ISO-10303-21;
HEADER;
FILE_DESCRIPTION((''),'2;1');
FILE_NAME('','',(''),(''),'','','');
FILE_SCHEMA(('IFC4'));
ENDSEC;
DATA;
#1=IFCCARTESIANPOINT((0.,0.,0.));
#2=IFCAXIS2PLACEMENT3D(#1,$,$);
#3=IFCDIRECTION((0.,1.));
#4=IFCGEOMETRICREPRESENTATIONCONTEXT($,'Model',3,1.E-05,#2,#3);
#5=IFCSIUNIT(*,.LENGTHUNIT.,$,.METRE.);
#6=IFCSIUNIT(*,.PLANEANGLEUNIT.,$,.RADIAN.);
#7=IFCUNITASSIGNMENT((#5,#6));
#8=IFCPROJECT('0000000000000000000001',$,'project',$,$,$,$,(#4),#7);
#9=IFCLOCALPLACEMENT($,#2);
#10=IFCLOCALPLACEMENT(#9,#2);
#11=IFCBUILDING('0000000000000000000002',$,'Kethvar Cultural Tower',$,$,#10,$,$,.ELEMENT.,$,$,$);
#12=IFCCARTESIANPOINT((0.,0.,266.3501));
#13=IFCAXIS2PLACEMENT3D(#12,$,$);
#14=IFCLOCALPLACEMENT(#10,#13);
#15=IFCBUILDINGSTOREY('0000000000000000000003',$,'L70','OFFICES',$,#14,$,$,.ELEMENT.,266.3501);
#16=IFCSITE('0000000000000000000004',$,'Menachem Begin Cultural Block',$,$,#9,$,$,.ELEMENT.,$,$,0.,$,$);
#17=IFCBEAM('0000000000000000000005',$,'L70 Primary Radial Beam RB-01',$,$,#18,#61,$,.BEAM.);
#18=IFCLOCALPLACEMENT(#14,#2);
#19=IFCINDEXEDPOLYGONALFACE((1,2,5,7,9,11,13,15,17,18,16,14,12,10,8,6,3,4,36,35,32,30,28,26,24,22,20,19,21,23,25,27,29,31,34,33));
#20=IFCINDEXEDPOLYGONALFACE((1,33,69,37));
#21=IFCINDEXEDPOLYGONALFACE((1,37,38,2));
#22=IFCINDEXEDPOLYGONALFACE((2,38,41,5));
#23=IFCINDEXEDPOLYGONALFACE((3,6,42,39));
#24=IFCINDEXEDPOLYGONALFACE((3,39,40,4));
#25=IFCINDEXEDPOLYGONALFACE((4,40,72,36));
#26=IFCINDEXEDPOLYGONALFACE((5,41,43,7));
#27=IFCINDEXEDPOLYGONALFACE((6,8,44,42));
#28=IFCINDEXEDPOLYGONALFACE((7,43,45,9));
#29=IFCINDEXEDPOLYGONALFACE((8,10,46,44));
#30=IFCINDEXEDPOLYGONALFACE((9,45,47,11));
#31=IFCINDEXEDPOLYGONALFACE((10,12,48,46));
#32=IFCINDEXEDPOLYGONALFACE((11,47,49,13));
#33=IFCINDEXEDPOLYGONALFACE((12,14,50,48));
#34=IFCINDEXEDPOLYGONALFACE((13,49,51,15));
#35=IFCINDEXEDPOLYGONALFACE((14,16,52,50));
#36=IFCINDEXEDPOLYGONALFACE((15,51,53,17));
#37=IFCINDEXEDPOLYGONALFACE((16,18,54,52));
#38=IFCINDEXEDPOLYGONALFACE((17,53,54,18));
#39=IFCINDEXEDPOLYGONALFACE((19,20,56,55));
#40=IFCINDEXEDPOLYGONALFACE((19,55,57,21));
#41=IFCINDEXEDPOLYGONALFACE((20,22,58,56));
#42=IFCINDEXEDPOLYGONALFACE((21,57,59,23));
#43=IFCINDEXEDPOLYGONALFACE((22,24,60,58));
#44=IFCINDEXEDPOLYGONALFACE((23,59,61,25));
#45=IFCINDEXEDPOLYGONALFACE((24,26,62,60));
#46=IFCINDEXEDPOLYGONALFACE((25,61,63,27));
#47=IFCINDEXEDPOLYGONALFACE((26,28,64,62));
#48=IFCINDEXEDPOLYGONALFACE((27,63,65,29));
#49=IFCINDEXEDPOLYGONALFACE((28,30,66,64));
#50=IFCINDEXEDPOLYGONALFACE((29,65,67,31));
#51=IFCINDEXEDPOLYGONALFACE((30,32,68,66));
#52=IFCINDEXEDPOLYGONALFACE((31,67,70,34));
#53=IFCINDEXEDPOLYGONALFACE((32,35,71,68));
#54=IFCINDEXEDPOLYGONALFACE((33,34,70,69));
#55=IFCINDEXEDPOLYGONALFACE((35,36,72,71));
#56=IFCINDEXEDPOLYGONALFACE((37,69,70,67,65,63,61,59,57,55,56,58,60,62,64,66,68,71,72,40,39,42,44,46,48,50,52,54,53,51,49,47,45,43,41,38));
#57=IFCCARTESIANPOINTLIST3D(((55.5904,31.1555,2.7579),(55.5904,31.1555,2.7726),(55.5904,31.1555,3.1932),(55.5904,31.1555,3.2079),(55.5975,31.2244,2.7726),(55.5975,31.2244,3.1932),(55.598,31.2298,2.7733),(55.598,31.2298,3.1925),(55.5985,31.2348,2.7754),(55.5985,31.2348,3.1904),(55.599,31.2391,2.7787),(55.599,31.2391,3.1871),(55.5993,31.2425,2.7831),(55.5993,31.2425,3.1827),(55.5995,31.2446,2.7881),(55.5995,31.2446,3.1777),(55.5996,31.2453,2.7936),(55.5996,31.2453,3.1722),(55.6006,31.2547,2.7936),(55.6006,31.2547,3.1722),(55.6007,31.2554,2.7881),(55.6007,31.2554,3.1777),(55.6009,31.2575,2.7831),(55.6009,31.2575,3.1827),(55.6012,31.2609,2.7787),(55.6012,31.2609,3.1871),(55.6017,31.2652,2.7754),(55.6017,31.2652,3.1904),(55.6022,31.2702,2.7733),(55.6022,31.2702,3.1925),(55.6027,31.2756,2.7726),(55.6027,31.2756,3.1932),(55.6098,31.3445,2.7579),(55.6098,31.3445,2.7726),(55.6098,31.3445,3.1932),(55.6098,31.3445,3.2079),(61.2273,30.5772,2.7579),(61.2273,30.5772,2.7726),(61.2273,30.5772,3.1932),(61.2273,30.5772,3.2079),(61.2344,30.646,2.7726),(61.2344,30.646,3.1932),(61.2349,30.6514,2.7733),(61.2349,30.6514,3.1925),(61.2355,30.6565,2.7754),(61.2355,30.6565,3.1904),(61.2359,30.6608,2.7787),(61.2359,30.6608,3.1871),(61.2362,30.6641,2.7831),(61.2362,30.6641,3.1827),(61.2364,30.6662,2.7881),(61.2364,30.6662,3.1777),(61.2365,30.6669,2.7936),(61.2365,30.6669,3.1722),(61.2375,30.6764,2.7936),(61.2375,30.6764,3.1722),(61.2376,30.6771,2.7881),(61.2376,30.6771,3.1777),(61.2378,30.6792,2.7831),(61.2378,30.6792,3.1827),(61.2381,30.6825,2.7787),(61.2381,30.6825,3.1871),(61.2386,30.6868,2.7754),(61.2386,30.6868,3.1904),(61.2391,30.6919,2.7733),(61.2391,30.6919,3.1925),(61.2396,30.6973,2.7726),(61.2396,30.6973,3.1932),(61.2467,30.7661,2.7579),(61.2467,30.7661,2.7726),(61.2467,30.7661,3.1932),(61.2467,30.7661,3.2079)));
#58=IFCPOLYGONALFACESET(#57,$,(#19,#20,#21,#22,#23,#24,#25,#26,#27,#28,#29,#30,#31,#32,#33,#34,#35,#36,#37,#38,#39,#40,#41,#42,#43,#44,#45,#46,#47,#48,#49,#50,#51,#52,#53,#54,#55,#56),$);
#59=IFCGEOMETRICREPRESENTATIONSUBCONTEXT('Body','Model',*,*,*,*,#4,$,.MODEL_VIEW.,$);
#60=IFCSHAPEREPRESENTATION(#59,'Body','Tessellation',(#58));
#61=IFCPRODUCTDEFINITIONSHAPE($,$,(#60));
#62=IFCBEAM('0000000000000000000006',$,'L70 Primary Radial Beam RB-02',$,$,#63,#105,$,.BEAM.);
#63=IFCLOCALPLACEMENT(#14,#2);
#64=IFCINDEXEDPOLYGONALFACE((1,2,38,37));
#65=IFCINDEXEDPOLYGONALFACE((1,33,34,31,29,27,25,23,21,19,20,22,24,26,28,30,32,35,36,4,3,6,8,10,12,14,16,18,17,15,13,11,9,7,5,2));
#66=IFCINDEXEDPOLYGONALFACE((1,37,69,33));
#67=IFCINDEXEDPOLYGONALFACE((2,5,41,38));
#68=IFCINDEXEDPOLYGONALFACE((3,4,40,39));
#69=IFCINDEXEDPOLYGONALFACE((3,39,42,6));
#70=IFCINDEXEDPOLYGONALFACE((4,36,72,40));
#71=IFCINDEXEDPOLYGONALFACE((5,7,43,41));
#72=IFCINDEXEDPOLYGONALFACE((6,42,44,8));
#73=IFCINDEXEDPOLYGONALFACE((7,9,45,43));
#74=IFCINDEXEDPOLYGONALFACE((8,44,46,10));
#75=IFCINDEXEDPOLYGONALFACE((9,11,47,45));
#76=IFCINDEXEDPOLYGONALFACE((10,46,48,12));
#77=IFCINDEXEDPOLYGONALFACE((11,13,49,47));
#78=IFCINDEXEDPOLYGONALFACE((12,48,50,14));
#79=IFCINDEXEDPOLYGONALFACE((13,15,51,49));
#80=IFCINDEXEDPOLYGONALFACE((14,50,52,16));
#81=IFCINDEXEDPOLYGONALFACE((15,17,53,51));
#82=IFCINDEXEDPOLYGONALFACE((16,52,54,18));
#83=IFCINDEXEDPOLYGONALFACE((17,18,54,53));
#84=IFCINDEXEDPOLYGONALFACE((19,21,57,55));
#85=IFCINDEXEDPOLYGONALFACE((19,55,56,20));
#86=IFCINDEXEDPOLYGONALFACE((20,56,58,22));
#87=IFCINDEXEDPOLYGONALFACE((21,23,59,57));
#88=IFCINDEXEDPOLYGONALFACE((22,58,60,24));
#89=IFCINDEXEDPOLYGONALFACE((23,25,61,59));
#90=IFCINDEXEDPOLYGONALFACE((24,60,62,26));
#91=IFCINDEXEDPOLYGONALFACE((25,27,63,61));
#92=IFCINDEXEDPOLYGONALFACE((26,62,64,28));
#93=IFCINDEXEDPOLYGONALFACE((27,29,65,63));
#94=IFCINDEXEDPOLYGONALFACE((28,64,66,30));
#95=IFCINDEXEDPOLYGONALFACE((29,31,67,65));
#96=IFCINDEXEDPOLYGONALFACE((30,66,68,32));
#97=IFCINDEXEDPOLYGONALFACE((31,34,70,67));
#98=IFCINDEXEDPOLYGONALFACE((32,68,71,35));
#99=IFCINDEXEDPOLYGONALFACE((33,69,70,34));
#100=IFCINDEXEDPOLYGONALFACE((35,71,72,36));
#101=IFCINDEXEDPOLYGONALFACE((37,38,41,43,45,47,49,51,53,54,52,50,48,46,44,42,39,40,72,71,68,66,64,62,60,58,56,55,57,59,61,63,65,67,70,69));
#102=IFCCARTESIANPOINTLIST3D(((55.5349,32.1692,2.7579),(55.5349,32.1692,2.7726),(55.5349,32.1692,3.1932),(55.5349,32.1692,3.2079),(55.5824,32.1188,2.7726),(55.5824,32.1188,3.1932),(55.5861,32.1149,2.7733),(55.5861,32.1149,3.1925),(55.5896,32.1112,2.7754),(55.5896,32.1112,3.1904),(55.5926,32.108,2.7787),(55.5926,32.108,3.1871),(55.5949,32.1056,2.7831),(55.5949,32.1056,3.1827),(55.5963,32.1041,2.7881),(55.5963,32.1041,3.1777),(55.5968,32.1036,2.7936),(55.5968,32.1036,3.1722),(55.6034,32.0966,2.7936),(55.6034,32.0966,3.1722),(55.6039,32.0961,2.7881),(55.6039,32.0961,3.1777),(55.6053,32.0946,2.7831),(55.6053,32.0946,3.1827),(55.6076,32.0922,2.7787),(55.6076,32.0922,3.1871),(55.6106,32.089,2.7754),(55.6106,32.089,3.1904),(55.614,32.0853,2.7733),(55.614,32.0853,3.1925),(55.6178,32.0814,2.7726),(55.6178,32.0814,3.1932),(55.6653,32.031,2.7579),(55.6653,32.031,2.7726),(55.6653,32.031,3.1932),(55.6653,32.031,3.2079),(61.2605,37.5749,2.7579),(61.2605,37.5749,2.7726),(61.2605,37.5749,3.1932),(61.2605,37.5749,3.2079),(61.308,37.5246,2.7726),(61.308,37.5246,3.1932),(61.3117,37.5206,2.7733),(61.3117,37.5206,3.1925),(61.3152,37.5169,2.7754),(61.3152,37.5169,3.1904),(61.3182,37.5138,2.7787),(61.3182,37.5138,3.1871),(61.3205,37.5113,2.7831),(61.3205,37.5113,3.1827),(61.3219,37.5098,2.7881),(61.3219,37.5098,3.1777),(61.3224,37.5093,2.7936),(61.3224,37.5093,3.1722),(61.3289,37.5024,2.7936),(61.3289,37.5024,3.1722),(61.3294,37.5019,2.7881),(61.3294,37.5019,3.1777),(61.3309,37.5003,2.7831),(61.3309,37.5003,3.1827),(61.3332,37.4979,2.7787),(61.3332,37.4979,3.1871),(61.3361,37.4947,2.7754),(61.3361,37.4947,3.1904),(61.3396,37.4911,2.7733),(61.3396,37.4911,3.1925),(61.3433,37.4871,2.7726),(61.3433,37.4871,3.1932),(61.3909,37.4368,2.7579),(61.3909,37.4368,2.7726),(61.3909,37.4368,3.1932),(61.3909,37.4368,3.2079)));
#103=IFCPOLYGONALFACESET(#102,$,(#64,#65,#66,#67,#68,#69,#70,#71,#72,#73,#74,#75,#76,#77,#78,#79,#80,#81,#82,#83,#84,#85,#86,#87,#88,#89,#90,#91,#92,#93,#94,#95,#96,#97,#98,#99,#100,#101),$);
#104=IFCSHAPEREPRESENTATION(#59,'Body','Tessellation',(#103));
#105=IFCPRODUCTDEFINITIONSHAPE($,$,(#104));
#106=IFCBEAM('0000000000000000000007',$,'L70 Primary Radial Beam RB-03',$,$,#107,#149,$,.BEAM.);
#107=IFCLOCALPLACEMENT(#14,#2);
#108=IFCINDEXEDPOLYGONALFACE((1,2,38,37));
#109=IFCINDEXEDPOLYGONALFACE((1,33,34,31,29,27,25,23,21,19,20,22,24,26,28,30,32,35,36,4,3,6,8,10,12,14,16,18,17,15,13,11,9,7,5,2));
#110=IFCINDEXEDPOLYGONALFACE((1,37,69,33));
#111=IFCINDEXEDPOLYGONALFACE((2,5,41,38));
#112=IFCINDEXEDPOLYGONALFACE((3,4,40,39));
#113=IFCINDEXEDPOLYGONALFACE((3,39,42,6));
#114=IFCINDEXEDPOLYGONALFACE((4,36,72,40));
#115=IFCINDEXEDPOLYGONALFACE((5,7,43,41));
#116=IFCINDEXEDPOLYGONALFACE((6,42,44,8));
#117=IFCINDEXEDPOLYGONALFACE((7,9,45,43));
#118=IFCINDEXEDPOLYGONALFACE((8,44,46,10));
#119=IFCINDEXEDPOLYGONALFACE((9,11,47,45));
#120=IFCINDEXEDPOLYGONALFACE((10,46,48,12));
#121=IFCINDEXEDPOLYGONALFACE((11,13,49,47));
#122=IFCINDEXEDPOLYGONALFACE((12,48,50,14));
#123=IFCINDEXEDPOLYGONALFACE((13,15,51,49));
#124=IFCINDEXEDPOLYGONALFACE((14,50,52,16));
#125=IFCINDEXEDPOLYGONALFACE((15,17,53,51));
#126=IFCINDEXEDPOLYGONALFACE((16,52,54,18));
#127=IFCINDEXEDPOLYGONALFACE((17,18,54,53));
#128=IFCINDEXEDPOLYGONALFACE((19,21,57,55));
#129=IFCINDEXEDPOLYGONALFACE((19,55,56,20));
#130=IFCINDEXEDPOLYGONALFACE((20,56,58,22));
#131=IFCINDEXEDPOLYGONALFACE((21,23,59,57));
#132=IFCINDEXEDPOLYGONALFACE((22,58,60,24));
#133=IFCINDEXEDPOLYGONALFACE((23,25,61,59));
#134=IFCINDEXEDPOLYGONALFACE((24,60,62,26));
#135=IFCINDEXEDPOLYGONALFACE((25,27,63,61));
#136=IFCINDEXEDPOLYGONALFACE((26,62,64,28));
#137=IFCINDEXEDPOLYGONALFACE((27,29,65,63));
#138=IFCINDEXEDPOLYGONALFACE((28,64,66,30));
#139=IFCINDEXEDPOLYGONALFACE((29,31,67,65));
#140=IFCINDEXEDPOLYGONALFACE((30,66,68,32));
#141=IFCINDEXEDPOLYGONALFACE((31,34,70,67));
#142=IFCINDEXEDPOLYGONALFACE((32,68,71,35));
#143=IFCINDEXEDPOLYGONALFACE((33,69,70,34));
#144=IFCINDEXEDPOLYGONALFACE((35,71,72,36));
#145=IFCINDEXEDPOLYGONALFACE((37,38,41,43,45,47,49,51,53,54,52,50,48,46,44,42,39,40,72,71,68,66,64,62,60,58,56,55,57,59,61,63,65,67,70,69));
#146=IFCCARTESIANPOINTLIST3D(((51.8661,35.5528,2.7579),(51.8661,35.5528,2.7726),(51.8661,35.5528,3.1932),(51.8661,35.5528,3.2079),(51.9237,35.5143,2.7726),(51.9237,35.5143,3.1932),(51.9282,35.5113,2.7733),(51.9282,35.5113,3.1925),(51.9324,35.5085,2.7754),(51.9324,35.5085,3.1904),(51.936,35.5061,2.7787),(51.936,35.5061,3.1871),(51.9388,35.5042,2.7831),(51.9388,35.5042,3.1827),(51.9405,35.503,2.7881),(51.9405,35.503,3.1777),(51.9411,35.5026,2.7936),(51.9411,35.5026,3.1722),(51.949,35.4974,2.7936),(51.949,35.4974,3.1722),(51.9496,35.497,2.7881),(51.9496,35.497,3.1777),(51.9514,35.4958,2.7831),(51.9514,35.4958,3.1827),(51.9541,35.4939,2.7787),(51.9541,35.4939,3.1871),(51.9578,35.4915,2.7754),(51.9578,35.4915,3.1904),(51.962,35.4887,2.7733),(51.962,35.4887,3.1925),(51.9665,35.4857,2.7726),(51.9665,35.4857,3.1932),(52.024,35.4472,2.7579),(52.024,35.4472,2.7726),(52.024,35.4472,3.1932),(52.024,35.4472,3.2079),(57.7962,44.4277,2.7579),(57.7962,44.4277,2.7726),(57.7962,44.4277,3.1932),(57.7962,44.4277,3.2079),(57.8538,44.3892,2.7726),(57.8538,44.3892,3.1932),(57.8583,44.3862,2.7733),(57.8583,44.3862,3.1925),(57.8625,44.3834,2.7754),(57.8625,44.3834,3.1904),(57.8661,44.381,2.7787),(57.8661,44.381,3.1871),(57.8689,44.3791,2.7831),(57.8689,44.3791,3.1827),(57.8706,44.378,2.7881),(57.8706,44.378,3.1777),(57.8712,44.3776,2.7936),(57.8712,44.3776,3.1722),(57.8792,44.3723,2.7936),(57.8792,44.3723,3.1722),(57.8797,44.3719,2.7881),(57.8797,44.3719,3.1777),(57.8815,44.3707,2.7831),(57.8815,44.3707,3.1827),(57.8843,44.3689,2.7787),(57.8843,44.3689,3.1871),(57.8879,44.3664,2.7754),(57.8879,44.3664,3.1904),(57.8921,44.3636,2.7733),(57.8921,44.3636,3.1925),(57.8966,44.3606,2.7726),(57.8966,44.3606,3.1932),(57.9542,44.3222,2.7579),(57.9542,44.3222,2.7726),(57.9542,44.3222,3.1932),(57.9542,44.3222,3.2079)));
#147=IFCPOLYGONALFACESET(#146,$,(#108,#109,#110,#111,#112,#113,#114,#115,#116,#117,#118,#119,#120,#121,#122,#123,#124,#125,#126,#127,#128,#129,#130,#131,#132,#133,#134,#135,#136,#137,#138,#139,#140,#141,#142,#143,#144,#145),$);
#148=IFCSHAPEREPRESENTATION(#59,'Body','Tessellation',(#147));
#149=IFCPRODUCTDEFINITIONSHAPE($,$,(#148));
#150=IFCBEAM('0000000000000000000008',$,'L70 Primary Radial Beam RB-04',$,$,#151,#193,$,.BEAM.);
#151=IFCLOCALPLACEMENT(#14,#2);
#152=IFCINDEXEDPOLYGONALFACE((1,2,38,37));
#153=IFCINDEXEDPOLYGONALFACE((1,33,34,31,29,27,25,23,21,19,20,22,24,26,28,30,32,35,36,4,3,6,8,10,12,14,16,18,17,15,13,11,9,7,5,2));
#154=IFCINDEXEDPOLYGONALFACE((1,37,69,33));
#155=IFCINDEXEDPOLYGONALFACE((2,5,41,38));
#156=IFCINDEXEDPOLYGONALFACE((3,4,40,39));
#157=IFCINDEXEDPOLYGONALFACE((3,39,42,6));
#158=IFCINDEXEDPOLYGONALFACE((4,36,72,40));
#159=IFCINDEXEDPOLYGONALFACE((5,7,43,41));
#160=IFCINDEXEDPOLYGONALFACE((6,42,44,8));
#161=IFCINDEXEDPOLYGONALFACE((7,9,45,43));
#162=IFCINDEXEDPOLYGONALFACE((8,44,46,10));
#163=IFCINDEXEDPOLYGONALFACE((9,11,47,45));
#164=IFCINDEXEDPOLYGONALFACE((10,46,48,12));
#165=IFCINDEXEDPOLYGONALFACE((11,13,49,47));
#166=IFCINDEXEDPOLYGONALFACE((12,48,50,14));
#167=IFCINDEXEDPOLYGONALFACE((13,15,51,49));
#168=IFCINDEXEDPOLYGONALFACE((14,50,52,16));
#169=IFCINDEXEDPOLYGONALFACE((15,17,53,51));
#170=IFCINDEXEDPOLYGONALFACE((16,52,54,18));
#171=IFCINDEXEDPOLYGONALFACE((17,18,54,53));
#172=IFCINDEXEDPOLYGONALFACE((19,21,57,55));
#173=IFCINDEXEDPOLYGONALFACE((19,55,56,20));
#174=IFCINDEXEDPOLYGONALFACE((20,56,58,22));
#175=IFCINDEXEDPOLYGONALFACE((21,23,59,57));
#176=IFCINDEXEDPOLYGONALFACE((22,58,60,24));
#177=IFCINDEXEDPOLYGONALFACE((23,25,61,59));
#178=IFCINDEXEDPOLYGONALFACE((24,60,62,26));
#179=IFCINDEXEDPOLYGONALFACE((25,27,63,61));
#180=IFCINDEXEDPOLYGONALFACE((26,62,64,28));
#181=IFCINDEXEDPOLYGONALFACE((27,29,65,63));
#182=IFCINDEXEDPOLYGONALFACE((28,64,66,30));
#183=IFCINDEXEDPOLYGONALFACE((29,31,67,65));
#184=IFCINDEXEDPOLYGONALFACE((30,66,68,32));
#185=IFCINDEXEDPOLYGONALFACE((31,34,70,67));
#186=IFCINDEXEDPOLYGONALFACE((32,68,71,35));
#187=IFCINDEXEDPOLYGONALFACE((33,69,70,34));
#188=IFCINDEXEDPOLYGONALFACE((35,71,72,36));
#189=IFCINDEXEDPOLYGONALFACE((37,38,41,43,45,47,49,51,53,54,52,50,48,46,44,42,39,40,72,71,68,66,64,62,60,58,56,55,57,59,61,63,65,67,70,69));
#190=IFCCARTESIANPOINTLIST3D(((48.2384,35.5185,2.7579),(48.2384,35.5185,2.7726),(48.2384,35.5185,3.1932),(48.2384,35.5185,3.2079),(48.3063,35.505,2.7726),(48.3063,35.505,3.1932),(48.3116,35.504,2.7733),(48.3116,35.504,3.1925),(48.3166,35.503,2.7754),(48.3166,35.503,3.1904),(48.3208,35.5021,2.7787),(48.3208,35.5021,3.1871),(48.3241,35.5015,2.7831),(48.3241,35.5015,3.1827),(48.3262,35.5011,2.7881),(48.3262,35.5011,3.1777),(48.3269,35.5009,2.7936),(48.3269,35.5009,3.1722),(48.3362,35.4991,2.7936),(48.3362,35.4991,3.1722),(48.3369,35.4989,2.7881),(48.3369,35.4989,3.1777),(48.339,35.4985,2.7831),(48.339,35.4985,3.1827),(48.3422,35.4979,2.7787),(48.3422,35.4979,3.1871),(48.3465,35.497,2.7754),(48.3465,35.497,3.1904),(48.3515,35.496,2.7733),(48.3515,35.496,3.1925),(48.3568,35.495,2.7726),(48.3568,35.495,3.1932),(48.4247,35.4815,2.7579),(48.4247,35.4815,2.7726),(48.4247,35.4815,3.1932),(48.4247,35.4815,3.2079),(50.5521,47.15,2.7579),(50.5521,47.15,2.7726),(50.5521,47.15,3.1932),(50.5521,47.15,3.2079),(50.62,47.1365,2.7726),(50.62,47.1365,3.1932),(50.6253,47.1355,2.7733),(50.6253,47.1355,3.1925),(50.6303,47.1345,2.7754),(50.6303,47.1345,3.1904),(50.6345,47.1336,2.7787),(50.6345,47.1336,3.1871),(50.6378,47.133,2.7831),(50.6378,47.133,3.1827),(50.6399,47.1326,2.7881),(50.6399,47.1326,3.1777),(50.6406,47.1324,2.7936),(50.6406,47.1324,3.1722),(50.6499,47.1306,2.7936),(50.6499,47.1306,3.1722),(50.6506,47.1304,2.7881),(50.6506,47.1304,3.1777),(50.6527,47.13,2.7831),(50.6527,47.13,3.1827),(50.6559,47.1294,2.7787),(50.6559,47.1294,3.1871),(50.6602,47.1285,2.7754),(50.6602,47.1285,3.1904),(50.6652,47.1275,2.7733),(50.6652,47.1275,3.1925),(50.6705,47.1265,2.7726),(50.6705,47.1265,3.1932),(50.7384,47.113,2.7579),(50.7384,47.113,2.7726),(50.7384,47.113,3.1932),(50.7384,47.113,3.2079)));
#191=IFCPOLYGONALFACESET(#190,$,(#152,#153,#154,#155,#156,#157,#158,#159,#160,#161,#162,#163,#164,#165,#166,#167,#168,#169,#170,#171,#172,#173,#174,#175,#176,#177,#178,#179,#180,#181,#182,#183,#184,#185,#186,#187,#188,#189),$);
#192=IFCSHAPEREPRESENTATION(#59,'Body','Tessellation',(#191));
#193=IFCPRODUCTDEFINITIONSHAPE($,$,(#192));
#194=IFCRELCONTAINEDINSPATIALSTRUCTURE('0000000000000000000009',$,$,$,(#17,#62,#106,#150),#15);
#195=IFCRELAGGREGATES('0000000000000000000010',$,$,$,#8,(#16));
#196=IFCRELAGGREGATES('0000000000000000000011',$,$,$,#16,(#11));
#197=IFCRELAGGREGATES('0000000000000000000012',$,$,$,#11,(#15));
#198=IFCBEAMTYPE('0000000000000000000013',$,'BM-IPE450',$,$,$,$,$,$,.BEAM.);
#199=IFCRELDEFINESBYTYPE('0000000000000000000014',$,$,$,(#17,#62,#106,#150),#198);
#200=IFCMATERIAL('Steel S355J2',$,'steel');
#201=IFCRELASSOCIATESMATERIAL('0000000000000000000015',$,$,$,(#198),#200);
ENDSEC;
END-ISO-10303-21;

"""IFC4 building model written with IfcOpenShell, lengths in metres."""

from ifc_helpers import new_model, si_unit, direction, frame, origin, origin_2d, place, context, subcontext, project, spatial, i_section, extrude, source, transform, mapped, material, material_profile, profile_set, type_object, element, save


model = new_model("IFC4")

# Units and contexts
model_context = context("Model", 3, precision=1e-05, world=origin(), true_north=direction((0.0, 1.0)))
body_context = subcontext(model_context, "Body", "Model", "MODEL_VIEW")
ifc_project = project(units=[si_unit("LENGTHUNIT", "METRE"), si_unit("PLANEANGLEUNIT", "RADIAN")], contexts=[model_context])

# Site, building, storey
site_placement = place(None, origin())
site = spatial("IfcSite", under=ifc_project, at=site_placement, Name="Menachem Begin Cultural Block", CompositionType="ELEMENT", RefElevation=0.0)
building_placement = place(site_placement, origin())
building = spatial("IfcBuilding", under=site, at=building_placement, Name="Kethvar Cultural Tower", CompositionType="ELEMENT")
storey_placement = place(building_placement, frame((0.0, 0.0, 266.3501)))
storey = spatial("IfcBuildingStorey", under=building, at=storey_placement, Name="L70", Description="OFFICES", CompositionType="ELEMENT", Elevation=266.3501)

# Beams
ifc_material_1 = material(Name="Steel S355J2", Category="steel")
ifc_material_profile_1 = material_profile(ifc_material_1, i_section(OverallWidth=0.1899, OverallDepth=0.45, WebThickness=0.0095, FlangeThickness=0.0146, FilletRadius=0.021, at=origin_2d()), Name="Steel S355J2 — IPE450")
ifc_profile_set_1 = profile_set([ifc_material_profile_1], Name="Steel S355J2 — IPE450")
beam_type_1 = type_object("IfcBeamType", Name="BM-IPE450", PredefinedType="BEAM", material=ifc_profile_set_1)
shared_shape_1 = source(origin(), body_context, "Body", "SweptSolid", [
    extrude(i_section(OverallWidth=0.1899, OverallDepth=0.45, WebThickness=0.0095, FlangeThickness=0.0146, FilletRadius=0.021, at=origin_2d()), origin(), (0.0, 0.0, 1.0), 5.6665),
])
beam_1_placement = place(storey_placement, frame((55.6001, 31.25, 2.9829), z_axis=(0.994778, -0.102067, 0.0), x_axis=(0.102067, 0.994778, 0.0)))
element("IfcBeam", 1, at=beam_1_placement, inside=storey, type_object=beam_type_1, Name="L70 Primary Radial Beam RB-01", PredefinedType="BEAM", context=body_context, shape_type="MappedRepresentation", body=[
    mapped(shared_shape_1, transform((0.0, 0.0, 0.0), scale=1.0)),
])
shared_shape_2 = source(origin(), body_context, "Body", "SweptSolid", [
    extrude(i_section(OverallWidth=0.1899, OverallDepth=0.45, WebThickness=0.0095, FlangeThickness=0.0146, FilletRadius=0.021, at=origin_2d()), origin(), (0.0, 0.0, 1.0), 7.8743),
])
beam_2_placement = place(storey_placement, frame((55.6001, 32.1001, 2.9829), z_axis=(0.727123, 0.686507, 0.0), x_axis=(-0.686507, 0.727123, 0.0)))
element("IfcBeam", 2, at=beam_2_placement, inside=storey, type_object=beam_type_1, Name="L70 Primary Radial Beam RB-02", PredefinedType="BEAM", context=body_context, shape_type="MappedRepresentation", body=[
    mapped(shared_shape_2, transform((0.0, 0.0, 0.0), scale=1.0)),
])
shared_shape_3 = source(origin(), body_context, "Body", "SweptSolid", [
    extrude(i_section(OverallWidth=0.1899, OverallDepth=0.45, WebThickness=0.0095, FlangeThickness=0.0146, FilletRadius=0.021, at=origin_2d()), origin(), (0.0, 0.0, 1.0), 10.6738),
])
beam_3_placement = place(storey_placement, frame((51.9451, 35.5, 2.9829), z_axis=(0.555576, 0.831466, 0.0), x_axis=(-0.831466, 0.555576, 0.0)))
element("IfcBeam", 3, at=beam_3_placement, inside=storey, type_object=beam_type_1, Name="L70 Primary Radial Beam RB-03", PredefinedType="BEAM", context=body_context, shape_type="MappedRepresentation", body=[
    mapped(shared_shape_3, transform((0.0, 0.0, 0.0), scale=1.0)),
])
shared_shape_4 = source(origin(), body_context, "Body", "SweptSolid", [
    extrude(i_section(OverallWidth=0.1899, OverallDepth=0.45, WebThickness=0.0095, FlangeThickness=0.0146, FilletRadius=0.021, at=origin_2d()), origin(), (0.0, 0.0, 1.0), 11.8594),
])
beam_4_placement = place(storey_placement, frame((48.3315, 35.5, 2.9829), z_axis=(0.195095, 0.980784, 0.0), x_axis=(-0.980784, 0.195095, 0.0)))
element("IfcBeam", 4, at=beam_4_placement, inside=storey, type_object=beam_type_1, Name="L70 Primary Radial Beam RB-04", PredefinedType="BEAM", context=body_context, shape_type="MappedRepresentation", body=[
    mapped(shared_shape_4, transform((0.0, 0.0, 0.0), scale=1.0)),
])

save(model, "model.ifc")
